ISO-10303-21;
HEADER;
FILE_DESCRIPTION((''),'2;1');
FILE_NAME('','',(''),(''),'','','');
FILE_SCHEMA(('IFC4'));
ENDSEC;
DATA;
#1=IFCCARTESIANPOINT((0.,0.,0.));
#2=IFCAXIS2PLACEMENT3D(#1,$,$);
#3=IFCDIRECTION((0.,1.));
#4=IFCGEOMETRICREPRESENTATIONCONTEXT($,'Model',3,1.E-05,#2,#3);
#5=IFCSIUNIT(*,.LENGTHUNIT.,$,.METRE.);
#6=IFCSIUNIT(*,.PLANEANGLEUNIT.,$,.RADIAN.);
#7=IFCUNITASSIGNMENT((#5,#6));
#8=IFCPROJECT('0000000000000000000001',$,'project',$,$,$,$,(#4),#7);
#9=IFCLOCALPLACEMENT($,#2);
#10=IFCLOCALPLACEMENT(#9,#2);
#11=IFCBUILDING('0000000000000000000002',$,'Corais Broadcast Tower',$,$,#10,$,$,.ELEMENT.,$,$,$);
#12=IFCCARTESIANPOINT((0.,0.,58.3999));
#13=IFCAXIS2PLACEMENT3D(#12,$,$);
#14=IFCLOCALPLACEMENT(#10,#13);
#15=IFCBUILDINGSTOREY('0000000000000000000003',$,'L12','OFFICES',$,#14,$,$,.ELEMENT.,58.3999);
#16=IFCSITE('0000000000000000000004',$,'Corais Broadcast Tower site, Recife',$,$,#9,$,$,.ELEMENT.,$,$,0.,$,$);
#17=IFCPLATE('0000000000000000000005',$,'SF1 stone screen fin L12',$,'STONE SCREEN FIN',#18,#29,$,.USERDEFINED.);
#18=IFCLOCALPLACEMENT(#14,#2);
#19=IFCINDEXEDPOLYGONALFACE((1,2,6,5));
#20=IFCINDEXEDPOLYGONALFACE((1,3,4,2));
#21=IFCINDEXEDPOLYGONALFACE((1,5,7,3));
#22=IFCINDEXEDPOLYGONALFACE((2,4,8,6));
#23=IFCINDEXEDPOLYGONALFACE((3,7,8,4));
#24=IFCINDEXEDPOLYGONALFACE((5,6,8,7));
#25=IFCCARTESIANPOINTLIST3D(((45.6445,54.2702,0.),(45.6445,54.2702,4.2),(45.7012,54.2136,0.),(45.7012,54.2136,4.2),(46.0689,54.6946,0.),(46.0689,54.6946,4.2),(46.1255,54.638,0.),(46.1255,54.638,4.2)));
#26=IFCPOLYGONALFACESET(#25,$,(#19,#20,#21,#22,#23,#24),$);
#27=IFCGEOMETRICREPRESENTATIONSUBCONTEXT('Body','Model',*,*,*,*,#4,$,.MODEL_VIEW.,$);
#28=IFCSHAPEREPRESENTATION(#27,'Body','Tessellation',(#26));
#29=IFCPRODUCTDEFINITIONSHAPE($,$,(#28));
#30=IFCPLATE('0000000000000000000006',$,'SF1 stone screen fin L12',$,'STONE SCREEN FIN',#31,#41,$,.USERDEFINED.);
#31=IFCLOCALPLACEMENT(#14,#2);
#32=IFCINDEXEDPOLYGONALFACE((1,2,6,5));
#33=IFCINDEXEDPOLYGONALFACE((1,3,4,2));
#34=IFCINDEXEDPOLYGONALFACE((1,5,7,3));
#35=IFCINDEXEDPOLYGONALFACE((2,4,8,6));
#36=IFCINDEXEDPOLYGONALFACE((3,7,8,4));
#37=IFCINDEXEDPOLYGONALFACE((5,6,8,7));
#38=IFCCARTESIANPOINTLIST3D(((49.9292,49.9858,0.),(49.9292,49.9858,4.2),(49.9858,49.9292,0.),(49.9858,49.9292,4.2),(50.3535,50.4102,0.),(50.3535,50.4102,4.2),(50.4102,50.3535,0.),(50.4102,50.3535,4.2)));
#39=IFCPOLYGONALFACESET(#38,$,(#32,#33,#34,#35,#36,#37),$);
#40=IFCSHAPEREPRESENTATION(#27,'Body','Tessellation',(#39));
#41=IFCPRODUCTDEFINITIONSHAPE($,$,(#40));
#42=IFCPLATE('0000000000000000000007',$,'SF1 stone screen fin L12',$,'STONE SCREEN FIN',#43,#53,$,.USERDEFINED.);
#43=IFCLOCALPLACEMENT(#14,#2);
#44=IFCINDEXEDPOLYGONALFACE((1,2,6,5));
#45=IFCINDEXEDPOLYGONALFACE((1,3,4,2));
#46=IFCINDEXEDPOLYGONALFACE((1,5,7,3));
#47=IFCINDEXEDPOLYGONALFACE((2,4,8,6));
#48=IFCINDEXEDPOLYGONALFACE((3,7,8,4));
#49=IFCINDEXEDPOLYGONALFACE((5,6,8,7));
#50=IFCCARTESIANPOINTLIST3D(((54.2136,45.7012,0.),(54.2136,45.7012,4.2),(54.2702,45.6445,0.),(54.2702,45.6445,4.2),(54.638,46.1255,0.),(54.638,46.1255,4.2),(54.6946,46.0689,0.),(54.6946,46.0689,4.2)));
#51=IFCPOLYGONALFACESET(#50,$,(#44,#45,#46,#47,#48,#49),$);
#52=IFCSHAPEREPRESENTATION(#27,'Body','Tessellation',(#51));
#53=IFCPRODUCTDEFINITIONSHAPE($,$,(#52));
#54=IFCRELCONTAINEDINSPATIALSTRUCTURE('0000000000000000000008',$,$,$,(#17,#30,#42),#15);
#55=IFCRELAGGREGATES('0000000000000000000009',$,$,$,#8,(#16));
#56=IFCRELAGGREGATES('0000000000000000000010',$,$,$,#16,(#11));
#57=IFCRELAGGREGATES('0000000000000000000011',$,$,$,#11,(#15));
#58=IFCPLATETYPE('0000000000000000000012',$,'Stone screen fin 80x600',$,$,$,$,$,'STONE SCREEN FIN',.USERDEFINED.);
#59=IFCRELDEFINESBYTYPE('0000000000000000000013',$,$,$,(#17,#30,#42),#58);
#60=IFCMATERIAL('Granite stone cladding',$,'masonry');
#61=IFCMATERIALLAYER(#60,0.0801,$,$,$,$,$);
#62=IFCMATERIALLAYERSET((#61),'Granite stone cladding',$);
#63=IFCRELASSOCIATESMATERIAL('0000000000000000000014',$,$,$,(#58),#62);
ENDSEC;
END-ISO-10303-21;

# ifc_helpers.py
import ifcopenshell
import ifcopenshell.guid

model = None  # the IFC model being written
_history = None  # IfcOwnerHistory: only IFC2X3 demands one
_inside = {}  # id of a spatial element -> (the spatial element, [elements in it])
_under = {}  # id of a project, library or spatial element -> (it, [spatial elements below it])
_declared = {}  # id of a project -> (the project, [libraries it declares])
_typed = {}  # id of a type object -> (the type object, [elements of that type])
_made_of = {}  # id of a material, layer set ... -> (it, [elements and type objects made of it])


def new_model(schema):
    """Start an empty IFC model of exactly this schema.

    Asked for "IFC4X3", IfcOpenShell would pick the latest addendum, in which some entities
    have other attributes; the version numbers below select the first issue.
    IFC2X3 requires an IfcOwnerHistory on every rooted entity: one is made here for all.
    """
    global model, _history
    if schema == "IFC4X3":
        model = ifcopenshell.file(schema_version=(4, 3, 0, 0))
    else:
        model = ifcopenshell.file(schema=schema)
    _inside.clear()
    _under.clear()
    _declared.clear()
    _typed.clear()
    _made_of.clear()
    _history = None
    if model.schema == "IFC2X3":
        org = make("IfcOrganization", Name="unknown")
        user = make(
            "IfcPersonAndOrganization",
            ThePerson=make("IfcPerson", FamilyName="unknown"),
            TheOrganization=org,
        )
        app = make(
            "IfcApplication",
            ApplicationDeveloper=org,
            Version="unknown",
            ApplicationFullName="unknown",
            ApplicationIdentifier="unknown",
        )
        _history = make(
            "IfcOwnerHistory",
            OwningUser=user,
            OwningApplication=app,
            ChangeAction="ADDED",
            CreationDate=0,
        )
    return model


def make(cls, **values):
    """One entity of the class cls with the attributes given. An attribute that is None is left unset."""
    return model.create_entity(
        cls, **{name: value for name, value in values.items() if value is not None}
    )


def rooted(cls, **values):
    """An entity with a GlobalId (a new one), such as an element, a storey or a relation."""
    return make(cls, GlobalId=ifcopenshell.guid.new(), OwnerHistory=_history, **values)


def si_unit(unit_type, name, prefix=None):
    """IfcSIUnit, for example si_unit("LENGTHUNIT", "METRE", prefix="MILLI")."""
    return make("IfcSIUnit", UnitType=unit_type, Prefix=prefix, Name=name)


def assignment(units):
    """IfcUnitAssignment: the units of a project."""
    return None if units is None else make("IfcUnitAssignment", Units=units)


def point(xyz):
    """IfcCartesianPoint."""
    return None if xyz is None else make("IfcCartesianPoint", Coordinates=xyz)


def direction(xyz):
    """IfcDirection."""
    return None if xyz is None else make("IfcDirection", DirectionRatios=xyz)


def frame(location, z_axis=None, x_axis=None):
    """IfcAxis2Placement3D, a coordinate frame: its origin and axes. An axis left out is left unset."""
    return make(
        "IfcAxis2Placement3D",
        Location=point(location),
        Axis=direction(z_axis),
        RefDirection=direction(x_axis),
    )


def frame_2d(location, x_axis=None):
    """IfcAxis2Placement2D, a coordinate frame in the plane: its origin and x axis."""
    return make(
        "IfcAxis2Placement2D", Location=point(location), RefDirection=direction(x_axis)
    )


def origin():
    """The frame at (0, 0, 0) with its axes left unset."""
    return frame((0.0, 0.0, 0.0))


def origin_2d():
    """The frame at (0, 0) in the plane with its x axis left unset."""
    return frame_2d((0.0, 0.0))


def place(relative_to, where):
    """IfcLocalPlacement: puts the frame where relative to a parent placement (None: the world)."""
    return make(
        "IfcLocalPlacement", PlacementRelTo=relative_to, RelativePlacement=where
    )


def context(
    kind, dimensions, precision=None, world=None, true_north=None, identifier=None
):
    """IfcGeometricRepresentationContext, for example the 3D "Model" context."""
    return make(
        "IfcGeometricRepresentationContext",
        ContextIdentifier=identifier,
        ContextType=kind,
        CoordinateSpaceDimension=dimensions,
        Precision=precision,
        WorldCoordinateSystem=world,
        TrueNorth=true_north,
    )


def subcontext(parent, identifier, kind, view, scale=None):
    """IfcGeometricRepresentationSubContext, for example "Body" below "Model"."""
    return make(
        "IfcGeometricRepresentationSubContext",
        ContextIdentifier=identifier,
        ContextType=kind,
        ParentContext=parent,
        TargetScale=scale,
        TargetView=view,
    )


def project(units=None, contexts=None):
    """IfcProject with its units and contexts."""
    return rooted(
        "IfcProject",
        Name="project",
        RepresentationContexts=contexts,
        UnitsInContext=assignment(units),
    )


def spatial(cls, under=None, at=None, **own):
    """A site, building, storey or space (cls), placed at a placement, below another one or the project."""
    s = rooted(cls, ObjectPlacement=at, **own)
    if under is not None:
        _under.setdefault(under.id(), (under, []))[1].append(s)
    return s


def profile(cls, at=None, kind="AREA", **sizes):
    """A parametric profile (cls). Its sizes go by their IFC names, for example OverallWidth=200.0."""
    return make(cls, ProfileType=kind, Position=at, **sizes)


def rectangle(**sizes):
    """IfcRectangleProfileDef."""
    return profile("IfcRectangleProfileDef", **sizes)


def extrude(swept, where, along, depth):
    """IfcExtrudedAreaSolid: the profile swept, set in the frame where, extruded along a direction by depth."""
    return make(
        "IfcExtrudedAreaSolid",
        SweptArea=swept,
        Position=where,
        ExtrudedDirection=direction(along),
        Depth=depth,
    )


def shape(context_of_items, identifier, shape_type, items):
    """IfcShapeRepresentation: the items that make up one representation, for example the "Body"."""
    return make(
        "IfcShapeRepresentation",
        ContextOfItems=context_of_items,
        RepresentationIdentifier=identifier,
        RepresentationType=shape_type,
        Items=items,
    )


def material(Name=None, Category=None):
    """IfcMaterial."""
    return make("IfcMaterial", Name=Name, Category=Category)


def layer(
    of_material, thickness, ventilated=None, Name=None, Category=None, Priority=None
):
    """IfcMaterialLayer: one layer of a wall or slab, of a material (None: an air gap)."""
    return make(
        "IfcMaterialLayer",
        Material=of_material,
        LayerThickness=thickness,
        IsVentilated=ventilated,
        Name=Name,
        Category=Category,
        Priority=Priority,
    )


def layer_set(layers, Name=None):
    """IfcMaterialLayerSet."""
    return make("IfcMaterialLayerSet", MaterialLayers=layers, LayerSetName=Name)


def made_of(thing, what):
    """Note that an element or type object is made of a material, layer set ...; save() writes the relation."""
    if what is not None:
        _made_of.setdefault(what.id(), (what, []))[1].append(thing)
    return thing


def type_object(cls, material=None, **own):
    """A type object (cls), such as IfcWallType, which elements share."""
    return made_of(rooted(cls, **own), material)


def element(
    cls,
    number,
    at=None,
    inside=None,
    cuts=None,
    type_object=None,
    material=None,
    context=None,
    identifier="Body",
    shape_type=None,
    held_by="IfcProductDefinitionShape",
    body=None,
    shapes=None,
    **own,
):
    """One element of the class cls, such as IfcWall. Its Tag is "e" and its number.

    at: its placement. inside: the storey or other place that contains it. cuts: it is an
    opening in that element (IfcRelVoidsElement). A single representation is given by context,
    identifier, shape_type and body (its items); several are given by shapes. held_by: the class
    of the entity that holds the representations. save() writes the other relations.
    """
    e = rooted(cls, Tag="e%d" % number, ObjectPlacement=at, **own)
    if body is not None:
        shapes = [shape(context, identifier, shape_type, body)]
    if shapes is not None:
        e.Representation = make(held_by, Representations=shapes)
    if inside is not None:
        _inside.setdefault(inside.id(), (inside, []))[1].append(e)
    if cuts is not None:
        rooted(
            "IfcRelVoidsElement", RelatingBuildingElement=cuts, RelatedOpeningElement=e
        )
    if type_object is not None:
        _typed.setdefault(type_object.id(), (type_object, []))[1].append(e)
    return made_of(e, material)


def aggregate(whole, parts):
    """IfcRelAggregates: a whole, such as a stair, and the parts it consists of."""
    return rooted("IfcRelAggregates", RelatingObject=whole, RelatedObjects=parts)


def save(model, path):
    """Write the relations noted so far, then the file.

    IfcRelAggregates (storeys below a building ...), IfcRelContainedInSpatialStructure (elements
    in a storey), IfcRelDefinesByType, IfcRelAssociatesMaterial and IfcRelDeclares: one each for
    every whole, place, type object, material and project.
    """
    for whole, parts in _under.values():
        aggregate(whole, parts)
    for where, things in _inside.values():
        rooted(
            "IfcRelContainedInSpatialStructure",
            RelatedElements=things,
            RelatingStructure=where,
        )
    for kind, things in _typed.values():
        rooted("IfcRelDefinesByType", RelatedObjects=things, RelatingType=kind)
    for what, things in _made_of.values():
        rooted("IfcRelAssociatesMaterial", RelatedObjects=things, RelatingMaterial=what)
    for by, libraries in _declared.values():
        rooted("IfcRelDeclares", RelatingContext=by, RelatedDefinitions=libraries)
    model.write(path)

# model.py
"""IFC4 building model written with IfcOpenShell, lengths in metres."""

from ifc_helpers import new_model, si_unit, direction, frame, origin, origin_2d, place, context, subcontext, project, spatial, rectangle, extrude, material, layer, layer_set, type_object, element, save


model = new_model("IFC4")

# Units and contexts
model_context = context("Model", 3, precision=1e-05, world=origin(), true_north=direction((0.0, 1.0)))
body_context = subcontext(model_context, "Body", "Model", "MODEL_VIEW")
ifc_project = project(units=[si_unit("LENGTHUNIT", "METRE"), si_unit("PLANEANGLEUNIT", "RADIAN")], contexts=[model_context])

# Site, building, storey
site_placement = place(None, origin())
site = spatial("IfcSite", under=ifc_project, at=site_placement, Name="Corais Broadcast Tower site, Recife", CompositionType="ELEMENT", RefElevation=0.0)
building_placement = place(site_placement, origin())
building = spatial("IfcBuilding", under=site, at=building_placement, Name="Corais Broadcast Tower", CompositionType="ELEMENT")
storey_placement = place(building_placement, frame((0.0, 0.0, 58.3999)))
storey = spatial("IfcBuildingStorey", under=building, at=storey_placement, Name="L12", Description="OFFICES", CompositionType="ELEMENT", Elevation=58.3999)

# Plates
ifc_material_1 = material(Name="Granite stone cladding", Category="masonry")
ifc_layer_1 = layer(ifc_material_1, 0.0801)
ifc_layer_set_1 = layer_set([ifc_layer_1], Name="Granite stone cladding")
plate_type_1 = type_object("IfcPlateType", Name="Stone screen fin 80x600", ElementType="STONE SCREEN FIN", PredefinedType="USERDEFINED", material=ifc_layer_set_1)
for number, where, z_axis, x_axis, name in (
    (1, (45.885, 54.4541, 0.0), (0.0, 0.0, 1.0), (0.707107, -0.707107, 0.0), "SF1 stone screen fin L12"),
    (2, (50.1697, 50.1697, 0.0), (0.0, 0.0, 1.0), (0.707107, -0.707107, 0.0), "SF1 stone screen fin L12"),
    (3, (54.4541, 45.885, 0.0), (0.0, 0.0, 1.0), (0.707107, -0.707107, 0.0), "SF1 stone screen fin L12"),
):
    element("IfcPlate", number, at=place(storey_placement, frame(where, z_axis=z_axis, x_axis=x_axis)), inside=storey, type_object=plate_type_1, Name=name, ObjectType="STONE SCREEN FIN", PredefinedType="USERDEFINED", context=body_context, shape_type="SweptSolid", body=[
        extrude(rectangle(XDim=0.0801, YDim=0.6001, at=origin_2d()), origin(), (0.0, 0.0, 1.0), 4.2),
    ])

save(model, "model.ifc")
